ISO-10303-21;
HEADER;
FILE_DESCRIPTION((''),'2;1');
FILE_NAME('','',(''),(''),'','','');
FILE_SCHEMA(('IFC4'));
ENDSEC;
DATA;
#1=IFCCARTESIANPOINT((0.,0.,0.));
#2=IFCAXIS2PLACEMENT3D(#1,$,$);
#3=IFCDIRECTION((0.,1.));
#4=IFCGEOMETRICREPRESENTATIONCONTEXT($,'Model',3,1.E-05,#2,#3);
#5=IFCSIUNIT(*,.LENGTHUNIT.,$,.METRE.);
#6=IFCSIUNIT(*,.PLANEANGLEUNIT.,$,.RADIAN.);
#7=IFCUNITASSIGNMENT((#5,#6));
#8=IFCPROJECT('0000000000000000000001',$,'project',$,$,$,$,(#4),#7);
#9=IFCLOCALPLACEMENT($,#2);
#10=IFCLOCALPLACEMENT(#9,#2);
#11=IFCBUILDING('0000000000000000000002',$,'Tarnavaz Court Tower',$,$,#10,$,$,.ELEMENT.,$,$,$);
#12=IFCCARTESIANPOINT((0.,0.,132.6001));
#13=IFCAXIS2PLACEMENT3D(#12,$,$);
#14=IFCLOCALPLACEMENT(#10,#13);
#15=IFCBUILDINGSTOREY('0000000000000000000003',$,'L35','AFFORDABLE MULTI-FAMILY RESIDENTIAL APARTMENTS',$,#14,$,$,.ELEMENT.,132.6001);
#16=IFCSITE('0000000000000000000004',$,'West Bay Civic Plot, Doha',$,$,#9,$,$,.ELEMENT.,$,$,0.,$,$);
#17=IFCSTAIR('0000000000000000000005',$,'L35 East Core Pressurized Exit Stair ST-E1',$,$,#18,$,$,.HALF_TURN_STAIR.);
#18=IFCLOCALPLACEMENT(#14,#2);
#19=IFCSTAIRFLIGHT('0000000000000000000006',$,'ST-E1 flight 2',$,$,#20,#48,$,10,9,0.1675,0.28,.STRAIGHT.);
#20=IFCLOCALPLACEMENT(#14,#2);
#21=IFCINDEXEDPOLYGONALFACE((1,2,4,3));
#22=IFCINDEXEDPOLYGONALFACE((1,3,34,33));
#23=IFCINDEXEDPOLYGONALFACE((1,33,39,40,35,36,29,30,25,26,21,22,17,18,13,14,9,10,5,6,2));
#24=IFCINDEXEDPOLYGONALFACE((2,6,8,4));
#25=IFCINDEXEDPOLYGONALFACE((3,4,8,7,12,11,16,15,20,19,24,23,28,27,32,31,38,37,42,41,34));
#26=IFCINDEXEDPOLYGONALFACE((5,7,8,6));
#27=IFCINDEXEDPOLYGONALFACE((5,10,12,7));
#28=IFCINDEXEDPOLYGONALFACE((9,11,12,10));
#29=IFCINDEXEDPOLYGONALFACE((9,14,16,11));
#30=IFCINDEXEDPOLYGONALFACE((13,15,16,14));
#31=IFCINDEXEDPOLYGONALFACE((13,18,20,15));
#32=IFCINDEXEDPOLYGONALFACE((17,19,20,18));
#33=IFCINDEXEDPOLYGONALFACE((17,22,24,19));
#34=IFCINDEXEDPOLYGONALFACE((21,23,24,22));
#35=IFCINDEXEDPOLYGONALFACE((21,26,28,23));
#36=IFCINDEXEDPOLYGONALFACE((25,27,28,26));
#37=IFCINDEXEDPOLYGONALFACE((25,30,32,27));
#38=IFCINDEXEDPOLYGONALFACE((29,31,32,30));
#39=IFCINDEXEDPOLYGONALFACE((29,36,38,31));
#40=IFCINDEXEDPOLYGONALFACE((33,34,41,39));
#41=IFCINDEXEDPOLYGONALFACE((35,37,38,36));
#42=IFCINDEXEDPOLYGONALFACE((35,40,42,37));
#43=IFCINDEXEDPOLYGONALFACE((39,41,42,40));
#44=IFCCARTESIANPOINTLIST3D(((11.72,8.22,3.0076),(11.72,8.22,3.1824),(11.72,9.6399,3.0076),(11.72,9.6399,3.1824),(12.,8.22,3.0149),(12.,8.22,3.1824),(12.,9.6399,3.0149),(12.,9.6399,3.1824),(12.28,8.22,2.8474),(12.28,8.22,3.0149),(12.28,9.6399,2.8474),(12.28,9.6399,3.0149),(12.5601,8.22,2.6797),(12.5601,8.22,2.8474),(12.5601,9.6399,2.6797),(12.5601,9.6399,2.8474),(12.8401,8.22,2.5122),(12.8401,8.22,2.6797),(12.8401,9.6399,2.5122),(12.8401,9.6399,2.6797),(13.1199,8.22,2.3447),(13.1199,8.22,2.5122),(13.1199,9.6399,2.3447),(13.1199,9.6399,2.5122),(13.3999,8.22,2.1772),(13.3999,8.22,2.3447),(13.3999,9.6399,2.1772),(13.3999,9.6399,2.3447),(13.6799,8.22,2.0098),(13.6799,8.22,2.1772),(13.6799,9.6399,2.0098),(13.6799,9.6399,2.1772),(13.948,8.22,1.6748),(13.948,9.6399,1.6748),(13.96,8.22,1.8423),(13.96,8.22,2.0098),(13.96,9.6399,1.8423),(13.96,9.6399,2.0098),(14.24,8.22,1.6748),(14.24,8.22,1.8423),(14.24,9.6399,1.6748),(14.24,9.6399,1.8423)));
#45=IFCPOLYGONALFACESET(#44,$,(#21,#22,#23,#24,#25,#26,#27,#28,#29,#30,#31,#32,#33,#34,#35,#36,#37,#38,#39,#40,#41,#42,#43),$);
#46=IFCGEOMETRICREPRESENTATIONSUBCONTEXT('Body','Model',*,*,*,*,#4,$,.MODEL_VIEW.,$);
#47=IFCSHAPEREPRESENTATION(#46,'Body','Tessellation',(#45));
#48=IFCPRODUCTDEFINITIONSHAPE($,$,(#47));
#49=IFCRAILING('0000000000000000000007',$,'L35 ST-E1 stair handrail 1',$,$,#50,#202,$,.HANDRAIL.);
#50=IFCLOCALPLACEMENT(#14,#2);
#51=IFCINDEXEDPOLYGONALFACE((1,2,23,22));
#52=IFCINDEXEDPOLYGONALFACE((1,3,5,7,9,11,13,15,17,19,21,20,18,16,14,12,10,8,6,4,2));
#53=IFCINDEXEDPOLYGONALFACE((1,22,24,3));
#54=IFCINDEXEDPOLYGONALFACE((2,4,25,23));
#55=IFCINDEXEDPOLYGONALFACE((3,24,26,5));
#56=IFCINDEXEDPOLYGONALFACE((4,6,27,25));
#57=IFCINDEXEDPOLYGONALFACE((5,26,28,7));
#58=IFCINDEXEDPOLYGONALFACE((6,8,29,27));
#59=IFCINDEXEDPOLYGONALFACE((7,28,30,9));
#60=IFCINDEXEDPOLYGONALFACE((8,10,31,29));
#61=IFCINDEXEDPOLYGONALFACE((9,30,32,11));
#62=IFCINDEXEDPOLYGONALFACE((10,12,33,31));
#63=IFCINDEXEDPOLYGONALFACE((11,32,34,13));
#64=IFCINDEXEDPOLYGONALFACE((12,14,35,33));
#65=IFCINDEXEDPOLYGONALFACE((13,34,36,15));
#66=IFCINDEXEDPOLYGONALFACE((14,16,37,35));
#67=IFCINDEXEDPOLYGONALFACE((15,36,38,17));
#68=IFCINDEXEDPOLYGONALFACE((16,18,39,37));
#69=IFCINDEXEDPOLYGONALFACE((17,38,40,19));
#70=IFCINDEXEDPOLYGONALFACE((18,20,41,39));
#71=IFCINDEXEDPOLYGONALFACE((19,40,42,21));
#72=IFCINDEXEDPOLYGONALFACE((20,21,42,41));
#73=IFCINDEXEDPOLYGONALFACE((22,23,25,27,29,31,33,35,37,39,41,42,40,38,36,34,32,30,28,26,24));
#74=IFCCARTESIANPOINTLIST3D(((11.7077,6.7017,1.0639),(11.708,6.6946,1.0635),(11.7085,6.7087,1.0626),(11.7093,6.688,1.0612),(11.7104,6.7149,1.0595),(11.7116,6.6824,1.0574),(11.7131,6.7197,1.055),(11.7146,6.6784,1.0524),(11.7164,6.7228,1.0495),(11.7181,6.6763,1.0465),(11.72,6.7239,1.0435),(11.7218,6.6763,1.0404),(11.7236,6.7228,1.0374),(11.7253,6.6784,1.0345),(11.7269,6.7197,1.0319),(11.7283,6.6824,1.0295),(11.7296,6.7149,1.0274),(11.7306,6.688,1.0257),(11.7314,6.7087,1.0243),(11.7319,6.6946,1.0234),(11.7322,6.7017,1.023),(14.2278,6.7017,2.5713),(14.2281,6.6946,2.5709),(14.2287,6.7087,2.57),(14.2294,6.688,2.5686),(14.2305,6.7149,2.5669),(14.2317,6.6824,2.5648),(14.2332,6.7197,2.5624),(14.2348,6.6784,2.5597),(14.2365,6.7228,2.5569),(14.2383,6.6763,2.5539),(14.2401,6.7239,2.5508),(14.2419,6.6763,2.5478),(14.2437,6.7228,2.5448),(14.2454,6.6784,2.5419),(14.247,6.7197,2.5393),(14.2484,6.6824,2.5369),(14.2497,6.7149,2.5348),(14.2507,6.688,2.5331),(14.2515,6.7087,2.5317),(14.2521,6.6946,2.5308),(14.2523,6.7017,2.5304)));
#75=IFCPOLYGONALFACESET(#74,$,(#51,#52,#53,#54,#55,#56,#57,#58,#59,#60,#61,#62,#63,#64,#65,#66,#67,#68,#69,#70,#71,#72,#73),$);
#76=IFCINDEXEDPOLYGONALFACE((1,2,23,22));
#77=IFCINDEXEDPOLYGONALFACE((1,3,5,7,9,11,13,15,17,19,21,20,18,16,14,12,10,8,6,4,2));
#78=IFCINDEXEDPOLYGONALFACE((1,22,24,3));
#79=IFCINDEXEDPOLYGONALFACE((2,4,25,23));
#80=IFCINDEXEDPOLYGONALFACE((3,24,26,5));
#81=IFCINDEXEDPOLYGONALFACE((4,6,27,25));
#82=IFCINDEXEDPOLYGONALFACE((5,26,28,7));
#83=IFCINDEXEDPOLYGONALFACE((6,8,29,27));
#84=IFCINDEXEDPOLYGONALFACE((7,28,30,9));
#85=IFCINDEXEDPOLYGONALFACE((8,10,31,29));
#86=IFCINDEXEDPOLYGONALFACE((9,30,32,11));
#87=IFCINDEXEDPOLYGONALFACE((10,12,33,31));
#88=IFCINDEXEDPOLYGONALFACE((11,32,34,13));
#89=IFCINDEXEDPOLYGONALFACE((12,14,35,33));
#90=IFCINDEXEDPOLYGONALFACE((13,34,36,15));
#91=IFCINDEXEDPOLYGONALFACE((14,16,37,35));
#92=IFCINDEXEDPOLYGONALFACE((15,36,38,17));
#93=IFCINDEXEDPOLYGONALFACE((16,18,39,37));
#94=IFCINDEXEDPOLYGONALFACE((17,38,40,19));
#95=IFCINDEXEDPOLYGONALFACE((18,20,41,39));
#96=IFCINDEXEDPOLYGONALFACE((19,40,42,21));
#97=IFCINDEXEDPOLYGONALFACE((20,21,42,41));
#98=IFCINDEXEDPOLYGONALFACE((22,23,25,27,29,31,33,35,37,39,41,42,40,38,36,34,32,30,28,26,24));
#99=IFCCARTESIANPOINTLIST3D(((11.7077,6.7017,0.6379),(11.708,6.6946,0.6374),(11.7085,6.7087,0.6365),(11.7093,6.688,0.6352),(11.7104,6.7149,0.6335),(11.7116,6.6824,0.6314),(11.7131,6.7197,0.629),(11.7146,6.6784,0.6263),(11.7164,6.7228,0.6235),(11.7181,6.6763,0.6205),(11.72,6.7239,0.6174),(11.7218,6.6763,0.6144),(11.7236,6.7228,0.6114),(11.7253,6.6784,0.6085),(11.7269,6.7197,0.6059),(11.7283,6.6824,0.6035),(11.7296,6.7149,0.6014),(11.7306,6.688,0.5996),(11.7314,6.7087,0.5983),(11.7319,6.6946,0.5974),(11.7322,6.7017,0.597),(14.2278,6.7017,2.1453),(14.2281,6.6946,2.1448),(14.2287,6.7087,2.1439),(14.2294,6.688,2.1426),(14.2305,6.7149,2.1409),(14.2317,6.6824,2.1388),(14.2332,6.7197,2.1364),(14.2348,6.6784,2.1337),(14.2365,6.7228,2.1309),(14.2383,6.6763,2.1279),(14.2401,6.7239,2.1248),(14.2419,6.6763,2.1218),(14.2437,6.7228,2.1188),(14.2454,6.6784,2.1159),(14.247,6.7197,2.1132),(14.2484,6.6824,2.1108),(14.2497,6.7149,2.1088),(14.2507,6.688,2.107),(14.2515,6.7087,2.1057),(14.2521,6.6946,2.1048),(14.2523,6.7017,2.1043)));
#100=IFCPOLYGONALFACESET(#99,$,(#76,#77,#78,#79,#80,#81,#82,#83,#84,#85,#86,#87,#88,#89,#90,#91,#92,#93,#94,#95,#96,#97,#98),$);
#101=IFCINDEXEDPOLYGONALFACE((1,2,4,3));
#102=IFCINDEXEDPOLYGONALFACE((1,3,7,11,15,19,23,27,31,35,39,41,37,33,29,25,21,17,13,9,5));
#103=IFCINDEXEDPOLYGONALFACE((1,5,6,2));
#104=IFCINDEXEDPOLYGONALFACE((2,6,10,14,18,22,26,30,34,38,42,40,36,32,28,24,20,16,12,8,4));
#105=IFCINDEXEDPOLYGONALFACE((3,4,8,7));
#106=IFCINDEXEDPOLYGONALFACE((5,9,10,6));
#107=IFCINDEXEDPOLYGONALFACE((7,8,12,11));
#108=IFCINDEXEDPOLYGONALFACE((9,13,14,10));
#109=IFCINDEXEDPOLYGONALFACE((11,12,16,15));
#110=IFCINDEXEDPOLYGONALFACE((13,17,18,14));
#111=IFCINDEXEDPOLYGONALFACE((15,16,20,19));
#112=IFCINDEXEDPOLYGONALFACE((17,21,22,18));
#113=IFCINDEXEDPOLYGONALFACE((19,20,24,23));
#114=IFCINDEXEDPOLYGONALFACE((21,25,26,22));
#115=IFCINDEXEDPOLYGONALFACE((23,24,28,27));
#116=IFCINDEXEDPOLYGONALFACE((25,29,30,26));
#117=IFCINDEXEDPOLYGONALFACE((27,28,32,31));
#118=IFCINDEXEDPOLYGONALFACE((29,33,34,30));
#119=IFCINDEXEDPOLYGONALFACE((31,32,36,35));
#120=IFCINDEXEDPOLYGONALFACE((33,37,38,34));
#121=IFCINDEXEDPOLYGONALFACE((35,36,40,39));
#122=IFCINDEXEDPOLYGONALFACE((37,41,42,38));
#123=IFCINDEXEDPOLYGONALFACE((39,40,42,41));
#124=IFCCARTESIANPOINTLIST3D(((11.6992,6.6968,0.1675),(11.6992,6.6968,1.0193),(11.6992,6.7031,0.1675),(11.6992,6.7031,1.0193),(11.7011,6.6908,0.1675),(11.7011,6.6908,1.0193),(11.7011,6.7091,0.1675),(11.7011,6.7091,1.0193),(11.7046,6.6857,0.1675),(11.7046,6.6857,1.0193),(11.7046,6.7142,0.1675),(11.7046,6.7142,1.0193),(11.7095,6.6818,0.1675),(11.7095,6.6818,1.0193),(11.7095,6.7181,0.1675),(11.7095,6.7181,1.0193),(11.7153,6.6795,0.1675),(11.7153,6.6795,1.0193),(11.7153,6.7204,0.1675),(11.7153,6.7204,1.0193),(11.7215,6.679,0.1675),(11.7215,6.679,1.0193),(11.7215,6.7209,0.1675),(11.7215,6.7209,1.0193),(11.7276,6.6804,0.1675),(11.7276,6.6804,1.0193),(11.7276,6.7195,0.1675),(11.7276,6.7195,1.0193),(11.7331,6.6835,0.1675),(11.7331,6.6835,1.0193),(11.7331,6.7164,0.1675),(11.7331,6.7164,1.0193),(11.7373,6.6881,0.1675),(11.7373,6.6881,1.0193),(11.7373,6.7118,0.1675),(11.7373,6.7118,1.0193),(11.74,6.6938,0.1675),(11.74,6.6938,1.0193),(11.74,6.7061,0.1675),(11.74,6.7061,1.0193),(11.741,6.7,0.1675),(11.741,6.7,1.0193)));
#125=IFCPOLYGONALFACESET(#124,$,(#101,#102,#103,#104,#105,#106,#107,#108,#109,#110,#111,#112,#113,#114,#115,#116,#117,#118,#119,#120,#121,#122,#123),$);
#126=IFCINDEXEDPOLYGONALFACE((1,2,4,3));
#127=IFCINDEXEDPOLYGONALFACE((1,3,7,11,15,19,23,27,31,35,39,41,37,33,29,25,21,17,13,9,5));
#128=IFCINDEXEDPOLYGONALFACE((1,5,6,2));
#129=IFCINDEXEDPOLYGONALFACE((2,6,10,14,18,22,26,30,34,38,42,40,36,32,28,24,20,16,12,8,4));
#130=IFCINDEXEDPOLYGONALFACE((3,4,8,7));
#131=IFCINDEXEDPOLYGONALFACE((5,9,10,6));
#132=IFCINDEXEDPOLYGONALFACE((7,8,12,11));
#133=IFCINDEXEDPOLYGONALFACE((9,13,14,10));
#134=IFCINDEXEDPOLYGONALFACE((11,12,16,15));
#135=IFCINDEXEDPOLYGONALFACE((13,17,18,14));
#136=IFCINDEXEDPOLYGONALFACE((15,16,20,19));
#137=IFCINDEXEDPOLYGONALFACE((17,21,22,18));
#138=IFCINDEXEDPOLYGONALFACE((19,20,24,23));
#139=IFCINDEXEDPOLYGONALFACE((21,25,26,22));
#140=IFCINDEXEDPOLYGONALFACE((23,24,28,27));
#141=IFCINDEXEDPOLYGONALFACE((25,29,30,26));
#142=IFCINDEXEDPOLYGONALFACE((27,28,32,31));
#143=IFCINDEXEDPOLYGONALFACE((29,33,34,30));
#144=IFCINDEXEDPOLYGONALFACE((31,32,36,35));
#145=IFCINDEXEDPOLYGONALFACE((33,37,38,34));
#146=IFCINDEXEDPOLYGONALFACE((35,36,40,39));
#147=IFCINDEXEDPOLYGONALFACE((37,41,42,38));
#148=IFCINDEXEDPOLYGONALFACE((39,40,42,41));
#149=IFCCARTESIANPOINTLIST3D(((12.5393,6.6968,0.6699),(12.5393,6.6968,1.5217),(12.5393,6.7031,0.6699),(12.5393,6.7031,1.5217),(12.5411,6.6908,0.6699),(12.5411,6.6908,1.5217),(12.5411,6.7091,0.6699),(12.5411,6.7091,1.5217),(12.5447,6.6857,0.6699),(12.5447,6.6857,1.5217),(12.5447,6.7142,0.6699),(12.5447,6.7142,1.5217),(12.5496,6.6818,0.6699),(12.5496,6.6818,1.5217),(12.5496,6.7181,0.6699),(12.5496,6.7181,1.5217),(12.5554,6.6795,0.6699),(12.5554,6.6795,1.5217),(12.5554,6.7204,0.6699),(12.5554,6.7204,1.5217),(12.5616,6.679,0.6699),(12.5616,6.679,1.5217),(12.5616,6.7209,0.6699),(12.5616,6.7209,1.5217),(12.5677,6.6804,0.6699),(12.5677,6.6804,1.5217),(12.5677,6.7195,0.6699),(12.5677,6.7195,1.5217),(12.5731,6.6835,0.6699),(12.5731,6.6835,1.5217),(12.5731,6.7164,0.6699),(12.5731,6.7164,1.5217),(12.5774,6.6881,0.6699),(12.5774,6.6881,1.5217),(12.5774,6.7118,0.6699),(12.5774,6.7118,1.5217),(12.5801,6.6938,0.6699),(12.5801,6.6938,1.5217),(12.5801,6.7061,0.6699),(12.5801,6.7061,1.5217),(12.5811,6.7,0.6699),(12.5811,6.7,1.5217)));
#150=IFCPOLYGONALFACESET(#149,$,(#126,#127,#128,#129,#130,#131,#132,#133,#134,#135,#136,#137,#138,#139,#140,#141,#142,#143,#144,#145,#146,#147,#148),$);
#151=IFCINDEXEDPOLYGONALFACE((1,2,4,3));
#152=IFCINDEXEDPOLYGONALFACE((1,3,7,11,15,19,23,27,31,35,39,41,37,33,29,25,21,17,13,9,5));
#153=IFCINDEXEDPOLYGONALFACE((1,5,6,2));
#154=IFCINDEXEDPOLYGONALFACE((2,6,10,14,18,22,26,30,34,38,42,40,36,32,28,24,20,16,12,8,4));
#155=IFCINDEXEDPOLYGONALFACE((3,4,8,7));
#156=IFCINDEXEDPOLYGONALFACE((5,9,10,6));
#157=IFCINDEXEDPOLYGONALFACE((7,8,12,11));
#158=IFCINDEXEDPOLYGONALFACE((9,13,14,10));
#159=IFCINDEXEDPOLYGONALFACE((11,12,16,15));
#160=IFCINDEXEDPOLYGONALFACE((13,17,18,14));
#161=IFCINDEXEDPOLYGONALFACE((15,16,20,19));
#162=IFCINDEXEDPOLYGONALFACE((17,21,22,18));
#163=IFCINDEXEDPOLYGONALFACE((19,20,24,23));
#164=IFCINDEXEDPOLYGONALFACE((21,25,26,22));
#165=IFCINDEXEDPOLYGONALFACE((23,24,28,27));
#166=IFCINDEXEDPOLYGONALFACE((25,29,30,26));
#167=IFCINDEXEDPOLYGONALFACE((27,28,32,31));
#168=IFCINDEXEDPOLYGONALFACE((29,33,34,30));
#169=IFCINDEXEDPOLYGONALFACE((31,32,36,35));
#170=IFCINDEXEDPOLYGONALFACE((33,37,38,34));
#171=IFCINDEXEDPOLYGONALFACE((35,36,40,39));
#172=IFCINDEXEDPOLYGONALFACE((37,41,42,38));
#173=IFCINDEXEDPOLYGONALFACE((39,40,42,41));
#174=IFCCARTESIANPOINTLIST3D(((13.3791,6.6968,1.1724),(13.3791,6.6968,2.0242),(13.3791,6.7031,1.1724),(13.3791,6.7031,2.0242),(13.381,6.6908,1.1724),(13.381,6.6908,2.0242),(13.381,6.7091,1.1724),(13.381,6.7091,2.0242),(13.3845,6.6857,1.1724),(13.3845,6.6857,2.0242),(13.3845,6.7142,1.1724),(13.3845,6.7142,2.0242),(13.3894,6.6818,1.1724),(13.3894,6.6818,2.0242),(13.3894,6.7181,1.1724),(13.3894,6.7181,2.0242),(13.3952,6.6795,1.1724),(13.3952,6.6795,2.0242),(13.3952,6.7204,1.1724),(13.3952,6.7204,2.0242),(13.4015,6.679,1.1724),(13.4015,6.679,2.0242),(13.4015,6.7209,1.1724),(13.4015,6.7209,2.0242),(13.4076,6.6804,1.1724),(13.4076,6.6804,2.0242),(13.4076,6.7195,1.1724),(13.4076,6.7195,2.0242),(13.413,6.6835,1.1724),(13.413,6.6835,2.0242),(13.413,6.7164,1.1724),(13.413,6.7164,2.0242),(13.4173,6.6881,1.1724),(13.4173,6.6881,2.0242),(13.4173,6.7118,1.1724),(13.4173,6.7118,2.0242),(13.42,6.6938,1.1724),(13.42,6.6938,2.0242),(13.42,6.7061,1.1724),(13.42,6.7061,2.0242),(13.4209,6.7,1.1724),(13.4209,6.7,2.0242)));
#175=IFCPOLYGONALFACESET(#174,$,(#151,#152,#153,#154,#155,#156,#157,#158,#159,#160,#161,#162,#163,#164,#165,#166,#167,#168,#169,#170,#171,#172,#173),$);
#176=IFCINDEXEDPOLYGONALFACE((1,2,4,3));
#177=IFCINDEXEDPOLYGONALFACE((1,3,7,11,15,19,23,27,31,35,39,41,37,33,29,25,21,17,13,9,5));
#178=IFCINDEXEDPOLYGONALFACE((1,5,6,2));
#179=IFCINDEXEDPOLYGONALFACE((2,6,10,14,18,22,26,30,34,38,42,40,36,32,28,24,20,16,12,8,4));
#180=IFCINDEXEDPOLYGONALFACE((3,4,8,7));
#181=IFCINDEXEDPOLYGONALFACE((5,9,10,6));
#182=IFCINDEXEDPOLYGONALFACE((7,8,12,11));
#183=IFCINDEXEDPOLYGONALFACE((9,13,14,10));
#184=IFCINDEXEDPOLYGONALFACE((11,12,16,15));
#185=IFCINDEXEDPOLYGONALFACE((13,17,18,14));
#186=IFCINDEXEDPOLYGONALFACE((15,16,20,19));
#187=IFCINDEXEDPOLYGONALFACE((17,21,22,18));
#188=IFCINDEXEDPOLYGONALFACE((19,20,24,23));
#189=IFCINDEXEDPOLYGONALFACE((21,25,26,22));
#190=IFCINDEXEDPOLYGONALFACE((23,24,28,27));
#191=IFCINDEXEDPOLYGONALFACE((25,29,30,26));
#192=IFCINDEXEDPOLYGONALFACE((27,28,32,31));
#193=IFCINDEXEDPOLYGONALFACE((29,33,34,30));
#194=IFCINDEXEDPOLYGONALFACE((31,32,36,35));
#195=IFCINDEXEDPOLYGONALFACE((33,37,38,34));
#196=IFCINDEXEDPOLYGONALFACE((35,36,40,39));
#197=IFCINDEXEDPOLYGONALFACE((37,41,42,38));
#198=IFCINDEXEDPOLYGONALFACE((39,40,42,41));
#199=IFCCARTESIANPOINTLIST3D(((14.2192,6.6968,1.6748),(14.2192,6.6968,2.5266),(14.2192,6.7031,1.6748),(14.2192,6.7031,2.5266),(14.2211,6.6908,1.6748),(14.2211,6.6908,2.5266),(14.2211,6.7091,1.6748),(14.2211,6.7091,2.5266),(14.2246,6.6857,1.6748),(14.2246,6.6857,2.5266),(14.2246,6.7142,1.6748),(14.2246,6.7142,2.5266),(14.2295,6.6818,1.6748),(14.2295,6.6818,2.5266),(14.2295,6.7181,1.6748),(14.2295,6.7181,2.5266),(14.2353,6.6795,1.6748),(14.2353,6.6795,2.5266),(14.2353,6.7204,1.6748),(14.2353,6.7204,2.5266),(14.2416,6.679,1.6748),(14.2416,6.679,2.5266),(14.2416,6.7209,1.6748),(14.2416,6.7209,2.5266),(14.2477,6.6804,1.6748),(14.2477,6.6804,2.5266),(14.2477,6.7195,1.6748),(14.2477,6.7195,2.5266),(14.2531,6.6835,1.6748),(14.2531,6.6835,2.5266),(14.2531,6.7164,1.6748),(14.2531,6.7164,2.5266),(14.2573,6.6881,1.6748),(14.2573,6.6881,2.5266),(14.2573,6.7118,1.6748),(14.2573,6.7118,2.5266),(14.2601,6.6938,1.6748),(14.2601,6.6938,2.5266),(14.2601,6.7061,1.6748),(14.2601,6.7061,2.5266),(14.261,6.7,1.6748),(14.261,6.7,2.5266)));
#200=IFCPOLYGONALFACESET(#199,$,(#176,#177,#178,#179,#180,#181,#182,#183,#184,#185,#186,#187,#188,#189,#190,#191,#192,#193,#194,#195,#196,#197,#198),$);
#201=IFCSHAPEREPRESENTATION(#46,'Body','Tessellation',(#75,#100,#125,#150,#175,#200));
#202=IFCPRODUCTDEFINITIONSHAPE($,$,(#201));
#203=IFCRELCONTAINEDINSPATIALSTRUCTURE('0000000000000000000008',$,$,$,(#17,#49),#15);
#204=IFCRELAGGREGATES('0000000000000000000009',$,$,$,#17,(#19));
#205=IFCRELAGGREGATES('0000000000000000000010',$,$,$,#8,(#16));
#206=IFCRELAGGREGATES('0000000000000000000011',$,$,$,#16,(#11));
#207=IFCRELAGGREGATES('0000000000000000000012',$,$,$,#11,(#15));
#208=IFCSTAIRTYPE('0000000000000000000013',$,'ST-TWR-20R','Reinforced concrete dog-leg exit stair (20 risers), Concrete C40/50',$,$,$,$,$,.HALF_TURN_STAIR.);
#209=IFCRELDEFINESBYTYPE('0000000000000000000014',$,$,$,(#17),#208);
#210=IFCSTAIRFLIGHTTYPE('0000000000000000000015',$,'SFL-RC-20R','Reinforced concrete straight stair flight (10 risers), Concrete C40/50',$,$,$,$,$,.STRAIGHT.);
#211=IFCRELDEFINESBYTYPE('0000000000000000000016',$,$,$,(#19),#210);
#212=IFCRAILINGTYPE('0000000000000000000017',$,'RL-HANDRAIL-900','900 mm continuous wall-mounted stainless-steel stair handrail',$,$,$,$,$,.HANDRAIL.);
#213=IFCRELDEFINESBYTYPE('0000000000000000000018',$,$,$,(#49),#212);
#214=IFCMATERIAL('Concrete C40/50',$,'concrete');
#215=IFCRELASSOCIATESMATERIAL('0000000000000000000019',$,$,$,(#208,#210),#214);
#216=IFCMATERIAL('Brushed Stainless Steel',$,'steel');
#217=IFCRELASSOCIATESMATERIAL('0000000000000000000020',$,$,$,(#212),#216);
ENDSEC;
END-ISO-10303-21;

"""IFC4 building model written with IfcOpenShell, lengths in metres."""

from ifc_helpers import new_model, si_unit, direction, frame, origin, origin_2d, place, context, subcontext, project, spatial, polyline, circle, outline, extrude, material, type_object, element, aggregate, save


model = new_model("IFC4")

# Units and contexts
model_context = context("Model", 3, precision=1e-05, world=origin(), true_north=direction((0.0, 1.0)))
body_context = subcontext(model_context, "Body", "Model", "MODEL_VIEW")
ifc_project = project(units=[si_unit("LENGTHUNIT", "METRE"), si_unit("PLANEANGLEUNIT", "RADIAN")], contexts=[model_context])

# Site, building, storey
site_placement = place(None, origin())
site = spatial("IfcSite", under=ifc_project, at=site_placement, Name="West Bay Civic Plot, Doha", CompositionType="ELEMENT", RefElevation=0.0)
building_placement = place(site_placement, origin())
building = spatial("IfcBuilding", under=site, at=building_placement, Name="Tarnavaz Court Tower", CompositionType="ELEMENT")
storey_placement = place(building_placement, frame((0.0, 0.0, 132.6001)))
storey = spatial("IfcBuildingStorey", under=building, at=storey_placement, Name="L35", Description="AFFORDABLE MULTI-FAMILY RESIDENTIAL APARTMENTS", CompositionType="ELEMENT", Elevation=132.6001)

# Stair, stair flight
ifc_material_1 = material(Name="Concrete C40/50", Category="concrete")
stair_type = type_object("IfcStairType", Name="ST-TWR-20R", Description="Reinforced concrete dog-leg exit stair (20 risers), Concrete C40/50", PredefinedType="HALF_TURN_STAIR", material=ifc_material_1)
stair_placement = place(storey_placement, origin())
stair = element("IfcStair", 1, at=stair_placement, inside=storey, type_object=stair_type, Name="L35 East Core Pressurized Exit Stair ST-E1", PredefinedType="HALF_TURN_STAIR")
stair_flight_type = type_object("IfcStairFlightType", Name="SFL-RC-20R", Description="Reinforced concrete straight stair flight (10 risers), Concrete C40/50", PredefinedType="STRAIGHT", material=ifc_material_1)
stair_flight_1_placement = place(storey_placement, frame((14.24, 8.9299, 1.6748), z_axis=(0.0, 0.0, 1.0), x_axis=(-1.0, 0.0, 0.0)))
stair_flight_1 = element("IfcStairFlight", 2, at=stair_flight_1_placement, type_object=stair_flight_type, Name="ST-E1 flight 2", NumberOfRisers=10, NumberOfTreads=9, PredefinedType="STRAIGHT", RiserHeight=0.1675, TreadLength=0.28, context=body_context, shape_type="SweptSolid", body=[
    extrude(outline(polyline([(0.0, 0.0), (0.0, 0.1675), (0.28, 0.1675), (0.28, 0.335), (0.5601, 0.335), (0.5601, 0.5024), (0.8401, 0.5024), (0.8401, 0.6699), (1.1201, 0.6699), (1.1201, 0.8374), (1.3999, 0.8374), (1.3999, 1.0049), (1.6799, 1.0049), (1.6799, 1.1726), (1.96, 1.1726), (1.96, 1.3401), (2.24, 1.3401), (2.24, 1.5076), (2.52, 1.5076), (2.52, 1.675), (2.52, 1.3328), (0.292, 0.0), (0.0, 0.0)])), frame((0.0, 0.71, 0.0), z_axis=(0.0, -1.0, 0.0), x_axis=(1.0, 0.0, 0.0)), (0.0, 0.0, 1.0), 1.4199),
])
aggregate(stair, [stair_flight_1])

# Railing
ifc_material_2 = material(Name="Brushed Stainless Steel", Category="steel")
railing_type_1 = type_object("IfcRailingType", Name="RL-HANDRAIL-900", Description="900 mm continuous wall-mounted stainless-steel stair handrail", PredefinedType="HANDRAIL", material=ifc_material_2)
railing_1_placement = place(storey_placement, frame((11.72, 6.7, 0.1675)))
element("IfcRailing", 3, at=railing_1_placement, inside=storey, type_object=railing_type_1, Name="L35 ST-E1 stair handrail 1", PredefinedType="HANDRAIL", context=body_context, shape_type="SweptSolid", body=[
    extrude(circle(Radius=0.0239, at=origin_2d()), frame((0.0, 0.0, 0.876), z_axis=(0.858196, 0.0, 0.513321), x_axis=(0.0, 1.0, 0.0)), (0.0, 0.0, 1.0), 2.9365),
    extrude(circle(Radius=0.0239, at=origin_2d()), frame((0.0, 0.0, 0.45), z_axis=(0.858196, 0.0, 0.513321), x_axis=(0.0, 1.0, 0.0)), (0.0, 0.0, 1.0), 2.9365),
    extrude(circle(Radius=0.021, at=origin_2d()), origin(), (0.0, 0.0, 1.0), 0.8518),
    extrude(circle(Radius=0.021, at=origin_2d()), frame((0.8401, 0.0, 0.5024)), (0.0, 0.0, 1.0), 0.8518),
    extrude(circle(Radius=0.021, at=origin_2d()), frame((1.6799, 0.0, 1.0049)), (0.0, 0.0, 1.0), 0.8518),
    extrude(circle(Radius=0.021, at=origin_2d()), frame((2.52, 0.0, 1.5073)), (0.0, 0.0, 1.0), 0.8518),
])

save(model, "model.ifc")
